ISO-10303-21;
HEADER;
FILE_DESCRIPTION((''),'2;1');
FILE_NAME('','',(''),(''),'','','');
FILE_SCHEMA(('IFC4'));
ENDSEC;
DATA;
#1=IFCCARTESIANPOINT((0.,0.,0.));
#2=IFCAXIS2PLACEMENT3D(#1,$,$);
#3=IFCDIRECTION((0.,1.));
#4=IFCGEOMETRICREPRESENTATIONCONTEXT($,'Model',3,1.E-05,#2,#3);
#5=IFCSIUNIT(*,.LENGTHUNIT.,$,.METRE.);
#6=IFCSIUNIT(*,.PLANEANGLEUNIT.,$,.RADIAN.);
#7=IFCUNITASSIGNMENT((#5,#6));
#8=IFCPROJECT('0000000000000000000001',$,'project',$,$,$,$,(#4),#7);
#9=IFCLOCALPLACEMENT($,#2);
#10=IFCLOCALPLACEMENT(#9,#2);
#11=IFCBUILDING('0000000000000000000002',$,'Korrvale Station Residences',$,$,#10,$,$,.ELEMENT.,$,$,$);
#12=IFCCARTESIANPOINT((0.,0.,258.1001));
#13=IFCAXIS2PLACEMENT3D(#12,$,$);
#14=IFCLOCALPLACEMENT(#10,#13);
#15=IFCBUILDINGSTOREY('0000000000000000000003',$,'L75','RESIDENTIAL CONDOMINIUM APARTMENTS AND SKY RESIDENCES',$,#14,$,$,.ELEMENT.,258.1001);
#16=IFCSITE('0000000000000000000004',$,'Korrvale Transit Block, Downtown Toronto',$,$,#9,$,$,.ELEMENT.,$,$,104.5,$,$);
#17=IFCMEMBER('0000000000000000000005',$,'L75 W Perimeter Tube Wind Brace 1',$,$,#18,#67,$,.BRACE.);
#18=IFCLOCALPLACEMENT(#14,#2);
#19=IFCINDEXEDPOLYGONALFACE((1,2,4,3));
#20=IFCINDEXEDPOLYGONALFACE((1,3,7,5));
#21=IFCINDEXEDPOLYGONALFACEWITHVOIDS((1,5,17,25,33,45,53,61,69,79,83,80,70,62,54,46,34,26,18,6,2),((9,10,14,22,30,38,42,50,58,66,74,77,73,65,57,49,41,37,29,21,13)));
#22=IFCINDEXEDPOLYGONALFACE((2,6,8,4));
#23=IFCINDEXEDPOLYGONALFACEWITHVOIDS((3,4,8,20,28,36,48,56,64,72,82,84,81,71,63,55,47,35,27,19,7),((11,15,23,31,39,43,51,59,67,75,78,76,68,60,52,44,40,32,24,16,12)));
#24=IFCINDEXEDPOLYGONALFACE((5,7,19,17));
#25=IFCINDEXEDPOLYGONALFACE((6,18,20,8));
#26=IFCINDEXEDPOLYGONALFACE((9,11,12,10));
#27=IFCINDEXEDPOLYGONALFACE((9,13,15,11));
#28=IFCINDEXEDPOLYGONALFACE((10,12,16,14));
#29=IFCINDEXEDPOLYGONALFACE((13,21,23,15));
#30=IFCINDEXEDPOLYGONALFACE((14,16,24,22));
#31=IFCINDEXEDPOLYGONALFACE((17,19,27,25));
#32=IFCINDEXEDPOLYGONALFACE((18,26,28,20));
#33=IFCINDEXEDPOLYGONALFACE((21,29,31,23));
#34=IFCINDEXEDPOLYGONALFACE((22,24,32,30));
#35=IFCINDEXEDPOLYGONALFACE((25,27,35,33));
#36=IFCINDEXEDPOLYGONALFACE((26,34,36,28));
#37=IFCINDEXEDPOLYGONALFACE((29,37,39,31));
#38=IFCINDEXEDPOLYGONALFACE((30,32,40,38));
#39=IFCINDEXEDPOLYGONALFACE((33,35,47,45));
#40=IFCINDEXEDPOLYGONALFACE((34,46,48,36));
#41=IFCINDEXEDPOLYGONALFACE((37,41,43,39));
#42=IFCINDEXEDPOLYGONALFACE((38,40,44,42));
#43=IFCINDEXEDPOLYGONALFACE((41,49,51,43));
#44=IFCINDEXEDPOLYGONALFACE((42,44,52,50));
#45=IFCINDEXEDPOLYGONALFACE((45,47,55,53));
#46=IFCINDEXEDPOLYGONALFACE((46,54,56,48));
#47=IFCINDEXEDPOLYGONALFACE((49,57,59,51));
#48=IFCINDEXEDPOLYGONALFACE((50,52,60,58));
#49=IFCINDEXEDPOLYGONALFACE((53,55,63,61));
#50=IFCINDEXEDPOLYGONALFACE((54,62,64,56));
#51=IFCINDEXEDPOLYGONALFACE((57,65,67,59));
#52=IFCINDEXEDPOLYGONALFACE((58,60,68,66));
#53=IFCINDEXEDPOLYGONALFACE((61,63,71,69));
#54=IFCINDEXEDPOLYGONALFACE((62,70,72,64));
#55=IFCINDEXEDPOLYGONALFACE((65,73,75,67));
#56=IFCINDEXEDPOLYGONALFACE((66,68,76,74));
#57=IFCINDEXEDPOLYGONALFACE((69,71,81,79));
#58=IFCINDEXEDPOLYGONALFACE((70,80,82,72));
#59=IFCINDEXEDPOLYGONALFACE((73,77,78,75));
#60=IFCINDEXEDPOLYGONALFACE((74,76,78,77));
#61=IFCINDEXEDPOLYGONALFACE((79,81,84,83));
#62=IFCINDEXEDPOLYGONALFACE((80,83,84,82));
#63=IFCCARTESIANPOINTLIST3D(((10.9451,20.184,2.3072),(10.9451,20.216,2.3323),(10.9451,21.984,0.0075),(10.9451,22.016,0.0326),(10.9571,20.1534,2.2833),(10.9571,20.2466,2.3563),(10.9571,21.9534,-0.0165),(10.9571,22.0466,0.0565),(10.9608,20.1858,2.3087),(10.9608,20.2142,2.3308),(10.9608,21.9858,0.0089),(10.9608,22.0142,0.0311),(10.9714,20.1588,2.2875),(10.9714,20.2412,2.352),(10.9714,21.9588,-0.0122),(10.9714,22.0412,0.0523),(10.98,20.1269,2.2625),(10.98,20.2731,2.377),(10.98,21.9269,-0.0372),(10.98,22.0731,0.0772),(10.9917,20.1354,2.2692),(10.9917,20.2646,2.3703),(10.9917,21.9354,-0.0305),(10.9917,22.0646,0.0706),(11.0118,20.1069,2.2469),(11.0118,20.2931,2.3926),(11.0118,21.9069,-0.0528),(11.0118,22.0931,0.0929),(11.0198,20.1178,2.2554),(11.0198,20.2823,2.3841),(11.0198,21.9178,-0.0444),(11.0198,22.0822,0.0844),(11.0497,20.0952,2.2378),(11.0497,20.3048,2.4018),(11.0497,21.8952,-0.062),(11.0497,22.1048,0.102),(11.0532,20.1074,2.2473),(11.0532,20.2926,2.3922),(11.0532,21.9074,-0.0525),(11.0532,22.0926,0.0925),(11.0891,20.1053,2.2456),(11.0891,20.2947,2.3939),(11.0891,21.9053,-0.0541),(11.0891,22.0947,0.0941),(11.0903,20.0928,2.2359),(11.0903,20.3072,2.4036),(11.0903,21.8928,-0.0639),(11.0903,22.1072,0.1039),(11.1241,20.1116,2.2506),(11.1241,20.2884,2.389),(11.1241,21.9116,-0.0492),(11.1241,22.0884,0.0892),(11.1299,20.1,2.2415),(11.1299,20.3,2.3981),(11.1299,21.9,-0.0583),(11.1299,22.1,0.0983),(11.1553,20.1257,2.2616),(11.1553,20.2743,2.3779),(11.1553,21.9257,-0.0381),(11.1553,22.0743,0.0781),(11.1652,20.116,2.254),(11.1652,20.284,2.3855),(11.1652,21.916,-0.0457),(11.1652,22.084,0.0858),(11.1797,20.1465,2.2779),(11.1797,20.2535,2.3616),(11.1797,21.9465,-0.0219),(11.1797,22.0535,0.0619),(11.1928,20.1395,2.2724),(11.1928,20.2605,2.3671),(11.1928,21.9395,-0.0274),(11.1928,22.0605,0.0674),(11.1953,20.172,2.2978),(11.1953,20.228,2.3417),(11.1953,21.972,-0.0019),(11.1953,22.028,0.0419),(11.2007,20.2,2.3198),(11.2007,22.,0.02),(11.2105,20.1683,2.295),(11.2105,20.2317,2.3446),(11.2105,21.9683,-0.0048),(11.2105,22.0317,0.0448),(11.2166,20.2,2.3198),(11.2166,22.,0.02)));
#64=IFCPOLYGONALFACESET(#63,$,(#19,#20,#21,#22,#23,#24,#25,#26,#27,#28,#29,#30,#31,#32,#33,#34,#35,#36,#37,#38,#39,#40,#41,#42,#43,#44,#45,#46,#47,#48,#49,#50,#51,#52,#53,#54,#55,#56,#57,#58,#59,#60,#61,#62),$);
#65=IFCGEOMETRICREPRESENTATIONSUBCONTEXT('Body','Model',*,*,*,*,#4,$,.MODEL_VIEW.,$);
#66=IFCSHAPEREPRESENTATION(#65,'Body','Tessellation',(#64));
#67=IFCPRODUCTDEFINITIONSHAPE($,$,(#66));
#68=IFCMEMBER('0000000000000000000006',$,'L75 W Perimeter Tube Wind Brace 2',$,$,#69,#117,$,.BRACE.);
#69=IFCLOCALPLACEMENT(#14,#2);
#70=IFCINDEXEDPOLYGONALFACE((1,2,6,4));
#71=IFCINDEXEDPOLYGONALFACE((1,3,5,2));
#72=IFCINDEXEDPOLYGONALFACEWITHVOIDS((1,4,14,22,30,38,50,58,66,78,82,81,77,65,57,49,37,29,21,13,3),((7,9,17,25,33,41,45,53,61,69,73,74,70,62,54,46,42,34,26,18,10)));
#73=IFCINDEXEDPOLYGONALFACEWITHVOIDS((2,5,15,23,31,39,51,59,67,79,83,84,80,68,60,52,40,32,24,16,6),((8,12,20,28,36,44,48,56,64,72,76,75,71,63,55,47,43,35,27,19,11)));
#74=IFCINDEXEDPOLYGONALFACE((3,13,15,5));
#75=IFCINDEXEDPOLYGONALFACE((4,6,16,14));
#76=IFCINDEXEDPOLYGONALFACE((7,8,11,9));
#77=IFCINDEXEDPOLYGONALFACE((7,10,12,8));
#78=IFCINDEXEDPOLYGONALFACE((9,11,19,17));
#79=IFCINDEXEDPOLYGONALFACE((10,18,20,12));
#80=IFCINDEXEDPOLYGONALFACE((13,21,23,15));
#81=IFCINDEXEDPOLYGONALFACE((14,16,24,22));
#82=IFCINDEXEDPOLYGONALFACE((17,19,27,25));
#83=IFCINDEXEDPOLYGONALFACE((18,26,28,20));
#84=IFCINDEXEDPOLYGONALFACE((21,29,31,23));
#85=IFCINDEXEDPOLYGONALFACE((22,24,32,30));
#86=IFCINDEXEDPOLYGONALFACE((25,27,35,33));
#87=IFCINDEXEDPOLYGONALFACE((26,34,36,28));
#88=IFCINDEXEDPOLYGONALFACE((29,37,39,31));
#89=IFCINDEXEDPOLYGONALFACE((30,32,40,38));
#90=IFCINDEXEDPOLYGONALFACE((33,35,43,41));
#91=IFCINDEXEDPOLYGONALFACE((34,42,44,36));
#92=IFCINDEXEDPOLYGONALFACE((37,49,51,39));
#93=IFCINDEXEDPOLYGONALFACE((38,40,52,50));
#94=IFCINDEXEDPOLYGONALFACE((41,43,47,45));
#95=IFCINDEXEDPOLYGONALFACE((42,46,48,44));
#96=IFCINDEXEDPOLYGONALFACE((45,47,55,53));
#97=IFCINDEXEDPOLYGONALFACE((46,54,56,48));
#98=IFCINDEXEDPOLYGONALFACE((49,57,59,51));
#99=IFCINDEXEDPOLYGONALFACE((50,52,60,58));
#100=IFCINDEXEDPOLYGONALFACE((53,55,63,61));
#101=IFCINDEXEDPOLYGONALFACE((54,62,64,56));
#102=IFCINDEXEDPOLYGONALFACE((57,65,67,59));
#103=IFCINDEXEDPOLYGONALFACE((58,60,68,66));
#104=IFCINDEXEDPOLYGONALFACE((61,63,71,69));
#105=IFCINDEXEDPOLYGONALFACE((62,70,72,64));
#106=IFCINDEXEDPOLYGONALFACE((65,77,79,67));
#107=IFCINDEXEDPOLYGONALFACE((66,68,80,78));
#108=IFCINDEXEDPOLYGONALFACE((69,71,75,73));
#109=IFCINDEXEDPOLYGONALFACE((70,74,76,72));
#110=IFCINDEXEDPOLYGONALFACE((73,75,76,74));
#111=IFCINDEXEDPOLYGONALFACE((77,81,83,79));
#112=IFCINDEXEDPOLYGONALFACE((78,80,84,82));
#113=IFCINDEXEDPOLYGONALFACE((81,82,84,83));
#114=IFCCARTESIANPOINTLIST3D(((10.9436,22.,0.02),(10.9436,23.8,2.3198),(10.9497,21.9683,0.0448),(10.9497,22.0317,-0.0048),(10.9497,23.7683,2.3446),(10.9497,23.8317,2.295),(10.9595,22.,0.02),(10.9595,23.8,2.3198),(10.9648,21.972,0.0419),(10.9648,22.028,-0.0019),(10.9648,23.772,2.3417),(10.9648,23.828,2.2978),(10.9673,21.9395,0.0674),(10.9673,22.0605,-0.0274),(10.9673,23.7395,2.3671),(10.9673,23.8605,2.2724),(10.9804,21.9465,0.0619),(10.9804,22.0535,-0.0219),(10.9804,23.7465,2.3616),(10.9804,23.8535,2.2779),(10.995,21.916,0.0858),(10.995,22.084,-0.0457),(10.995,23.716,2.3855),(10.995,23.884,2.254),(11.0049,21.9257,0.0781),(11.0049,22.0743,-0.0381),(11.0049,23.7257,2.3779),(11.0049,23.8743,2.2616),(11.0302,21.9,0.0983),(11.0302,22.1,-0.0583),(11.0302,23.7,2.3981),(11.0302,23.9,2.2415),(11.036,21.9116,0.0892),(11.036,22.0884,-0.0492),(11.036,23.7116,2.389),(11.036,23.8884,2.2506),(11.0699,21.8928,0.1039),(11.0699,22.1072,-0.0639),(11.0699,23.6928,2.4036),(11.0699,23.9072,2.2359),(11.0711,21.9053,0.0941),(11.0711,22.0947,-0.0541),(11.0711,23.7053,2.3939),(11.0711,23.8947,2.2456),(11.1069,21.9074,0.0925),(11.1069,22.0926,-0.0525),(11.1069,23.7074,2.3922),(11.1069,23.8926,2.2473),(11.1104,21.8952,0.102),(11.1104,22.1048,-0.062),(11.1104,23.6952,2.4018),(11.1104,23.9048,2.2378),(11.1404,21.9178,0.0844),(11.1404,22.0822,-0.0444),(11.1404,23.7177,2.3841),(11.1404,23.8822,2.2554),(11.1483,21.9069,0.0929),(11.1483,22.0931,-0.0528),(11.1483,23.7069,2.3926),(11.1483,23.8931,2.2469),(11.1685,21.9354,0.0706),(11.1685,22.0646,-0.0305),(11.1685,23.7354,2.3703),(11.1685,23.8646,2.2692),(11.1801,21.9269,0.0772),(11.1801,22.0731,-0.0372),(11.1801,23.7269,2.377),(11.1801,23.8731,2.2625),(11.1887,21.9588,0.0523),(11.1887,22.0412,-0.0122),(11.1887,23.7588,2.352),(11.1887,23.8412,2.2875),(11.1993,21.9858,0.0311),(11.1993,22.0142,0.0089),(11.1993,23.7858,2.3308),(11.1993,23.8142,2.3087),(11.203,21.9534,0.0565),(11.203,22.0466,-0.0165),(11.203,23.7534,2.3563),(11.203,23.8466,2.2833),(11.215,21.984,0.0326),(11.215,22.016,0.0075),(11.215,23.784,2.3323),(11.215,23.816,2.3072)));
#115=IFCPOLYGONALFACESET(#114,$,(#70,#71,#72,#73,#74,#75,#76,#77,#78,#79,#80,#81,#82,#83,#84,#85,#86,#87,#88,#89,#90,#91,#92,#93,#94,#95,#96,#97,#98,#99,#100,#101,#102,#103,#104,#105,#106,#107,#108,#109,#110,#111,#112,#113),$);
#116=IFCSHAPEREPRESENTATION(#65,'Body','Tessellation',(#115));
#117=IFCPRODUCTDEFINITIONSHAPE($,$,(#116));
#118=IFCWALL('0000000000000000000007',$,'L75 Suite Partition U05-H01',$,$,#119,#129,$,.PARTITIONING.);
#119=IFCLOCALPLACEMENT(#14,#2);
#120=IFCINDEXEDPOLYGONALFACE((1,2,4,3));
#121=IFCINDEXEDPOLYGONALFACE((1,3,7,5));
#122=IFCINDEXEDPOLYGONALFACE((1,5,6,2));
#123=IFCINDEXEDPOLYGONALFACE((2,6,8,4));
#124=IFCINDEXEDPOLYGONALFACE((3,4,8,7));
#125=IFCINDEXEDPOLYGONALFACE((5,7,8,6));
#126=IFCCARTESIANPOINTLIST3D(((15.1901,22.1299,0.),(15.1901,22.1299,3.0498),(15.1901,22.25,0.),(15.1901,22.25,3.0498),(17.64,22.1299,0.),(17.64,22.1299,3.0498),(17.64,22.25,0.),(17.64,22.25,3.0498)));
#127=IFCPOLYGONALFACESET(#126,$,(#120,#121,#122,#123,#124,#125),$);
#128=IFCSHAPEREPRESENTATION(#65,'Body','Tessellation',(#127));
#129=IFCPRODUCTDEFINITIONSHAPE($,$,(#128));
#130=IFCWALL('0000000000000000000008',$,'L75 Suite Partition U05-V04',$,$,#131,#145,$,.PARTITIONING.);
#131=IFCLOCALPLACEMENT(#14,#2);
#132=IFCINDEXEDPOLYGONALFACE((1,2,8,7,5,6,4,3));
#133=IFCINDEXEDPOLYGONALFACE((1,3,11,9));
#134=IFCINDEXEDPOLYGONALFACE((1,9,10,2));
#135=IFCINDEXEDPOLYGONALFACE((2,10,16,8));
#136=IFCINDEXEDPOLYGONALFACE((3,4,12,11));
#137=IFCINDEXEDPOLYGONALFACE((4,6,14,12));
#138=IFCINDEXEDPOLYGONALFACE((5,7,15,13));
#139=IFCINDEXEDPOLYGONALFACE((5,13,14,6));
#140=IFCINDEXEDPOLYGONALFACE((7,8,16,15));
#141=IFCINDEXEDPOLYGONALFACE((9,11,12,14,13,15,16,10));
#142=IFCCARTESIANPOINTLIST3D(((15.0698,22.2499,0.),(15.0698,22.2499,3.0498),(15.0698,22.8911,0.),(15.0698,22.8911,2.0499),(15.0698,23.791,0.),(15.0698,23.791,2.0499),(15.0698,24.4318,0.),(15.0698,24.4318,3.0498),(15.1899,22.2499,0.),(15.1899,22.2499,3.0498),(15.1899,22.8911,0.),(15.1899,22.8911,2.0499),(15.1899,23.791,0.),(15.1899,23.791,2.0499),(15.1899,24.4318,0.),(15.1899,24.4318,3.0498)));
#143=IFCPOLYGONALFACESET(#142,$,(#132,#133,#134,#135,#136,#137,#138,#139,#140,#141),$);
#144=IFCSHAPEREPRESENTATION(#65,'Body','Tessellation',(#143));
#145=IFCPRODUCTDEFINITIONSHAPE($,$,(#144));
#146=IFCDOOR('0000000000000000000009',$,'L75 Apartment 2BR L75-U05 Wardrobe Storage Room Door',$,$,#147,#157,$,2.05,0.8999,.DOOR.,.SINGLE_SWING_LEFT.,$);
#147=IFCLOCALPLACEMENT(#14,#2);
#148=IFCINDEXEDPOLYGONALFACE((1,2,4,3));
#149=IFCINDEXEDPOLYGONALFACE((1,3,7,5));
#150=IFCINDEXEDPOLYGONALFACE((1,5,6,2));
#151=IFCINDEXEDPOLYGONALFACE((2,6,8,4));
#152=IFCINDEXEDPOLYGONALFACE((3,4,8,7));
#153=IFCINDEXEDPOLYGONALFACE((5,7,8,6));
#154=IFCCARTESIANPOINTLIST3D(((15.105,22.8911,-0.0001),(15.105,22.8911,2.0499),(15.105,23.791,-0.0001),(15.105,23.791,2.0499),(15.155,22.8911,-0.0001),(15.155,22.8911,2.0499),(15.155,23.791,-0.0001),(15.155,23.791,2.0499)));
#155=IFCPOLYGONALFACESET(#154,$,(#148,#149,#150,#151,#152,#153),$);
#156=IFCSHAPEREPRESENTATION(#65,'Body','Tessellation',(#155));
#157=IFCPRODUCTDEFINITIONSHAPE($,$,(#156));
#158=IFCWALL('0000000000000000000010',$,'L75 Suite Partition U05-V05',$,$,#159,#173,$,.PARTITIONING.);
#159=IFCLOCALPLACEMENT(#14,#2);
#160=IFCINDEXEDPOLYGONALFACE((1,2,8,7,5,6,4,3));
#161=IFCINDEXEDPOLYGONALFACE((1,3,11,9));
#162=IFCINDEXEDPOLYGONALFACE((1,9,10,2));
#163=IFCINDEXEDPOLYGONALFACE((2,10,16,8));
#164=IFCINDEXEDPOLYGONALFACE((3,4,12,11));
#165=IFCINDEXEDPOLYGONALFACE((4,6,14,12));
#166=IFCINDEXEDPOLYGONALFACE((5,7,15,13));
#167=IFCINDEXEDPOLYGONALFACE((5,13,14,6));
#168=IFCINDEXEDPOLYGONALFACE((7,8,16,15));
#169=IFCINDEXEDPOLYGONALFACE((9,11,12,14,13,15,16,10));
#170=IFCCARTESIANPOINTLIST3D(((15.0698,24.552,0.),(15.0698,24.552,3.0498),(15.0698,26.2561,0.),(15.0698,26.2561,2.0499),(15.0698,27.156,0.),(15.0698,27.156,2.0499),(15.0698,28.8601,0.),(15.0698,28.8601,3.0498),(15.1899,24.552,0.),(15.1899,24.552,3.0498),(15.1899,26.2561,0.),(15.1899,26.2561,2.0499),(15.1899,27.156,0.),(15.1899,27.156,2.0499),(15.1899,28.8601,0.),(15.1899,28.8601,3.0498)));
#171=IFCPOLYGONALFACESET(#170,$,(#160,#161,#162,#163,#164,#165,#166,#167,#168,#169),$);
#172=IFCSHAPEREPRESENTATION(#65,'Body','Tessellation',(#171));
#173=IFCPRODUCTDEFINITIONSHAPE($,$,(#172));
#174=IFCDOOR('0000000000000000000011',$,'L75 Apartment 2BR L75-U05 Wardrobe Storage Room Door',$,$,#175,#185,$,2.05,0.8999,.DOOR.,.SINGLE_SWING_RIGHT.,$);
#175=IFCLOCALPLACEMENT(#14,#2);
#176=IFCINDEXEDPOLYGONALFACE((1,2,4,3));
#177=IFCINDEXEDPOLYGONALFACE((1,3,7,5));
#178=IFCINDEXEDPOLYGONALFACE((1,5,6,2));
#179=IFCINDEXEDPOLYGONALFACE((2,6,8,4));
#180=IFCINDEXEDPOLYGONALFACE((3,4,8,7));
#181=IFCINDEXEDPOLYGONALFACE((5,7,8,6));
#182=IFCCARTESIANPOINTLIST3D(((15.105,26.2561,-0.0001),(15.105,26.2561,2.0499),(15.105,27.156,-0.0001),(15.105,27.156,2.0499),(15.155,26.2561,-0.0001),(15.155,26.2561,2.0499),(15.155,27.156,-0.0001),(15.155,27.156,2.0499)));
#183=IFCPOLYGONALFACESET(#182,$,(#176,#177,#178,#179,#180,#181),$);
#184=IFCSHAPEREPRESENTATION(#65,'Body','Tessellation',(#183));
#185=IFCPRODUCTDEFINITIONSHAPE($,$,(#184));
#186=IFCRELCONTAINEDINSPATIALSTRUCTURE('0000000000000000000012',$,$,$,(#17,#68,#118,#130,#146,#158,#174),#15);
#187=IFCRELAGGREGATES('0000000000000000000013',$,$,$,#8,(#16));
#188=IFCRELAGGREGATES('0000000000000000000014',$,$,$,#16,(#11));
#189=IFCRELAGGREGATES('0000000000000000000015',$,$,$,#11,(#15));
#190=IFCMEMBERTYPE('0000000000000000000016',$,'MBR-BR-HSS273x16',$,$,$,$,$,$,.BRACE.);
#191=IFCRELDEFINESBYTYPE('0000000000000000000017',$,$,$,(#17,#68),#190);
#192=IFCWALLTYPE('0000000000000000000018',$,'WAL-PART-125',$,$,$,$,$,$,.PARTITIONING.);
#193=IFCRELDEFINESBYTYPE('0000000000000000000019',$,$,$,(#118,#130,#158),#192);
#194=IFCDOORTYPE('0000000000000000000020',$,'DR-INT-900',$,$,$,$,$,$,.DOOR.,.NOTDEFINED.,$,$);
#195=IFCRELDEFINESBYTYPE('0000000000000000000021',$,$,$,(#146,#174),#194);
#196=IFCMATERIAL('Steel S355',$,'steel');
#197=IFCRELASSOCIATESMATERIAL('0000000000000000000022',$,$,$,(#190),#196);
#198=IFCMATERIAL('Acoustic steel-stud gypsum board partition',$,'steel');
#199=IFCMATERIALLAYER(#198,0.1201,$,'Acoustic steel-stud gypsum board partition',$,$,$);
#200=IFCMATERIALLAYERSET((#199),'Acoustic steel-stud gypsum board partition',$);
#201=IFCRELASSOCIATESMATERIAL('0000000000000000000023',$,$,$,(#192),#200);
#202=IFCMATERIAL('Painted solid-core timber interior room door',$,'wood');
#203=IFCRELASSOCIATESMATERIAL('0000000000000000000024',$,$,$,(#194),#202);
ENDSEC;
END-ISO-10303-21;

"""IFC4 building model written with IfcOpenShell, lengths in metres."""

from ifc_helpers import new_model, si_unit, direction, frame, frame_2d, origin, origin_2d, place, context, subcontext, project, spatial, rectangle, hollow_circle, extrude, material, layer, layer_set, material_profile, profile_set, type_object, element, fill, save


model = new_model("IFC4")

# Units and contexts
model_context = context("Model", 3, precision=1e-05, world=origin(), true_north=direction((0.0, 1.0)))
body_context = subcontext(model_context, "Body", "Model", "MODEL_VIEW")
ifc_project = project(units=[si_unit("LENGTHUNIT", "METRE"), si_unit("PLANEANGLEUNIT", "RADIAN")], contexts=[model_context])

# Site, building, storey
site_placement = place(None, origin())
site = spatial("IfcSite", under=ifc_project, at=site_placement, Name="Korrvale Transit Block, Downtown Toronto", CompositionType="ELEMENT", RefElevation=104.5)
building_placement = place(site_placement, origin())
building = spatial("IfcBuilding", under=site, at=building_placement, Name="Korrvale Station Residences", CompositionType="ELEMENT")
storey_placement = place(building_placement, frame((0.0, 0.0, 258.1001)))
storey = spatial("IfcBuildingStorey", under=building, at=storey_placement, Name="L75", Description="RESIDENTIAL CONDOMINIUM APARTMENTS AND SKY RESIDENCES", CompositionType="ELEMENT", Elevation=258.1001)

# Shared definitions
ifc_material_1 = material(Name="Steel S355", Category="steel")

# Members
ifc_material_profile_1 = material_profile(ifc_material_1, hollow_circle(Radius=0.1365, WallThickness=0.0159, at=origin_2d()), Name="HSS273x16")
ifc_profile_set_1 = profile_set([ifc_material_profile_1], Name="Steel S355")
member_type = type_object("IfcMemberType", Name="MBR-BR-HSS273x16", PredefinedType="BRACE", material=ifc_profile_set_1)
for number, where, z_axis, x_axis, name in (
    (1, (11.0801, 22.0, 0.02), (0.0, -0.616351, 0.787471), (1.0, 0.0, 0.0), "L75 W Perimeter Tube Wind Brace 1"),
    (2, (11.0801, 22.0, 0.02), (0.0, 0.616351, 0.787471), (-1.0, 0.0, 0.0), "L75 W Perimeter Tube Wind Brace 2"),
):
    element("IfcMember", number, at=place(storey_placement, frame(where, z_axis=z_axis, x_axis=x_axis)), inside=storey, type_object=member_type, Name=name, PredefinedType="BRACE", context=body_context, shape_type="SweptSolid", body=[
        extrude(hollow_circle(Radius=0.1365, WallThickness=0.0159, at=origin_2d()), origin(), (0.0, 0.0, 1.0), 2.9204),
    ])

# Wall
ifc_material_2 = material(Name="Acoustic steel-stud gypsum board partition", Category="steel")
ifc_layer_1 = layer(ifc_material_2, 0.1201, Name="Acoustic steel-stud gypsum board partition")
ifc_layer_set_1 = layer_set([ifc_layer_1], Name="Acoustic steel-stud gypsum board partition")
wall_type_1 = type_object("IfcWallType", Name="WAL-PART-125", PredefinedType="PARTITIONING", material=ifc_layer_set_1)
wall_1_placement = place(storey_placement, frame((15.1899, 22.1899, 0.0), z_axis=(0.0, 0.0, 1.0), x_axis=(1.0, 0.0, 0.0)))
element("IfcWall", 3, at=wall_1_placement, inside=storey, type_object=wall_type_1, Name="L75 Suite Partition U05-H01", PredefinedType="PARTITIONING", context=body_context, shape_type="SweptSolid", body=[
    extrude(rectangle(XDim=2.45, YDim=0.1201, at=frame_2d((1.2251, 0.0))), origin(), (0.0, 0.0, 1.0), 3.0498),
])

# Walls, openings, doors
wall_2_placement = place(storey_placement, frame((15.1299, 22.25, 0.0), z_axis=(0.0, 0.0, 1.0), x_axis=(0.0, 1.0, 0.0)))
wall_2 = element("IfcWall", 4, at=wall_2_placement, inside=storey, type_object=wall_type_1, Name="L75 Suite Partition U05-V04", PredefinedType="PARTITIONING", context=body_context, shape_type="SweptSolid", body=[
    extrude(rectangle(XDim=2.1819, YDim=0.1201, at=frame_2d((1.0908, 0.0))), origin(), (0.0, 0.0, 1.0), 3.0498),
])
opening_1_placement = place(wall_2_placement, frame((0.6411, 0.0, 0.0)))
opening_1 = element("IfcOpeningElement", 5, at=opening_1_placement, cuts=wall_2, PredefinedType="OPENING", context=body_context, shape_type="SweptSolid", body=[
    extrude(rectangle(XDim=0.8999, YDim=2.05, at=frame_2d((0.45, 1.0249))), frame((0.0, 0.0701, 0.0), z_axis=(0.0, -1.0, 0.0), x_axis=(1.0, 0.0, 0.0)), (0.0, 0.0, 1.0), 0.1401),
])
ifc_material_3 = material(Name="Painted solid-core timber interior room door", Category="wood")
door_type = type_object("IfcDoorType", Name="DR-INT-900", OperationType="NOTDEFINED", PredefinedType="DOOR", material=ifc_material_3)
door_1_placement = place(opening_1_placement, origin())
door_1 = element("IfcDoor", 6, at=door_1_placement, inside=storey, type_object=door_type, Name="L75 Apartment 2BR L75-U05 Wardrobe Storage Room Door", OperationType="SINGLE_SWING_LEFT", OverallHeight=2.05, OverallWidth=0.8999, PredefinedType="DOOR", context=body_context, shape_type="SweptSolid", body=[
    extrude(rectangle(XDim=0.8999, YDim=2.05, at=frame_2d((0.45, 1.0249))), frame((0.0, 0.0249, 0.0), z_axis=(0.0, -1.0, 0.0), x_axis=(1.0, 0.0, 0.0)), (0.0, 0.0, 1.0), 0.05),
])
fill(opening_1, door_1)
wall_3_placement = place(storey_placement, frame((15.1299, 24.552, 0.0), z_axis=(0.0, 0.0, 1.0), x_axis=(0.0, 1.0, 0.0)))
wall_3 = element("IfcWall", 7, at=wall_3_placement, inside=storey, type_object=wall_type_1, Name="L75 Suite Partition U05-V05", PredefinedType="PARTITIONING", context=body_context, shape_type="SweptSolid", body=[
    extrude(rectangle(XDim=4.3081, YDim=0.1201, at=frame_2d((2.1541, 0.0))), origin(), (0.0, 0.0, 1.0), 3.0498),
])
opening_2_placement = place(wall_3_placement, frame((1.7041, 0.0, 0.0)))
opening_2 = element("IfcOpeningElement", 8, at=opening_2_placement, cuts=wall_3, PredefinedType="OPENING", context=body_context, shape_type="SweptSolid", body=[
    extrude(rectangle(XDim=0.8999, YDim=2.05, at=frame_2d((0.45, 1.0249))), frame((0.0, 0.0701, 0.0), z_axis=(0.0, -1.0, 0.0), x_axis=(1.0, 0.0, 0.0)), (0.0, 0.0, 1.0), 0.1401),
])
door_2_placement = place(opening_2_placement, origin())
door_2 = element("IfcDoor", 9, at=door_2_placement, inside=storey, type_object=door_type, Name="L75 Apartment 2BR L75-U05 Wardrobe Storage Room Door", OperationType="SINGLE_SWING_RIGHT", OverallHeight=2.05, OverallWidth=0.8999, PredefinedType="DOOR", context=body_context, shape_type="SweptSolid", body=[
    extrude(rectangle(XDim=0.8999, YDim=2.05, at=frame_2d((0.45, 1.0249))), frame((0.0, 0.0249, 0.0), z_axis=(0.0, -1.0, 0.0), x_axis=(1.0, 0.0, 0.0)), (0.0, 0.0, 1.0), 0.05),
])
fill(opening_2, door_2)

save(model, "model.ifc")
